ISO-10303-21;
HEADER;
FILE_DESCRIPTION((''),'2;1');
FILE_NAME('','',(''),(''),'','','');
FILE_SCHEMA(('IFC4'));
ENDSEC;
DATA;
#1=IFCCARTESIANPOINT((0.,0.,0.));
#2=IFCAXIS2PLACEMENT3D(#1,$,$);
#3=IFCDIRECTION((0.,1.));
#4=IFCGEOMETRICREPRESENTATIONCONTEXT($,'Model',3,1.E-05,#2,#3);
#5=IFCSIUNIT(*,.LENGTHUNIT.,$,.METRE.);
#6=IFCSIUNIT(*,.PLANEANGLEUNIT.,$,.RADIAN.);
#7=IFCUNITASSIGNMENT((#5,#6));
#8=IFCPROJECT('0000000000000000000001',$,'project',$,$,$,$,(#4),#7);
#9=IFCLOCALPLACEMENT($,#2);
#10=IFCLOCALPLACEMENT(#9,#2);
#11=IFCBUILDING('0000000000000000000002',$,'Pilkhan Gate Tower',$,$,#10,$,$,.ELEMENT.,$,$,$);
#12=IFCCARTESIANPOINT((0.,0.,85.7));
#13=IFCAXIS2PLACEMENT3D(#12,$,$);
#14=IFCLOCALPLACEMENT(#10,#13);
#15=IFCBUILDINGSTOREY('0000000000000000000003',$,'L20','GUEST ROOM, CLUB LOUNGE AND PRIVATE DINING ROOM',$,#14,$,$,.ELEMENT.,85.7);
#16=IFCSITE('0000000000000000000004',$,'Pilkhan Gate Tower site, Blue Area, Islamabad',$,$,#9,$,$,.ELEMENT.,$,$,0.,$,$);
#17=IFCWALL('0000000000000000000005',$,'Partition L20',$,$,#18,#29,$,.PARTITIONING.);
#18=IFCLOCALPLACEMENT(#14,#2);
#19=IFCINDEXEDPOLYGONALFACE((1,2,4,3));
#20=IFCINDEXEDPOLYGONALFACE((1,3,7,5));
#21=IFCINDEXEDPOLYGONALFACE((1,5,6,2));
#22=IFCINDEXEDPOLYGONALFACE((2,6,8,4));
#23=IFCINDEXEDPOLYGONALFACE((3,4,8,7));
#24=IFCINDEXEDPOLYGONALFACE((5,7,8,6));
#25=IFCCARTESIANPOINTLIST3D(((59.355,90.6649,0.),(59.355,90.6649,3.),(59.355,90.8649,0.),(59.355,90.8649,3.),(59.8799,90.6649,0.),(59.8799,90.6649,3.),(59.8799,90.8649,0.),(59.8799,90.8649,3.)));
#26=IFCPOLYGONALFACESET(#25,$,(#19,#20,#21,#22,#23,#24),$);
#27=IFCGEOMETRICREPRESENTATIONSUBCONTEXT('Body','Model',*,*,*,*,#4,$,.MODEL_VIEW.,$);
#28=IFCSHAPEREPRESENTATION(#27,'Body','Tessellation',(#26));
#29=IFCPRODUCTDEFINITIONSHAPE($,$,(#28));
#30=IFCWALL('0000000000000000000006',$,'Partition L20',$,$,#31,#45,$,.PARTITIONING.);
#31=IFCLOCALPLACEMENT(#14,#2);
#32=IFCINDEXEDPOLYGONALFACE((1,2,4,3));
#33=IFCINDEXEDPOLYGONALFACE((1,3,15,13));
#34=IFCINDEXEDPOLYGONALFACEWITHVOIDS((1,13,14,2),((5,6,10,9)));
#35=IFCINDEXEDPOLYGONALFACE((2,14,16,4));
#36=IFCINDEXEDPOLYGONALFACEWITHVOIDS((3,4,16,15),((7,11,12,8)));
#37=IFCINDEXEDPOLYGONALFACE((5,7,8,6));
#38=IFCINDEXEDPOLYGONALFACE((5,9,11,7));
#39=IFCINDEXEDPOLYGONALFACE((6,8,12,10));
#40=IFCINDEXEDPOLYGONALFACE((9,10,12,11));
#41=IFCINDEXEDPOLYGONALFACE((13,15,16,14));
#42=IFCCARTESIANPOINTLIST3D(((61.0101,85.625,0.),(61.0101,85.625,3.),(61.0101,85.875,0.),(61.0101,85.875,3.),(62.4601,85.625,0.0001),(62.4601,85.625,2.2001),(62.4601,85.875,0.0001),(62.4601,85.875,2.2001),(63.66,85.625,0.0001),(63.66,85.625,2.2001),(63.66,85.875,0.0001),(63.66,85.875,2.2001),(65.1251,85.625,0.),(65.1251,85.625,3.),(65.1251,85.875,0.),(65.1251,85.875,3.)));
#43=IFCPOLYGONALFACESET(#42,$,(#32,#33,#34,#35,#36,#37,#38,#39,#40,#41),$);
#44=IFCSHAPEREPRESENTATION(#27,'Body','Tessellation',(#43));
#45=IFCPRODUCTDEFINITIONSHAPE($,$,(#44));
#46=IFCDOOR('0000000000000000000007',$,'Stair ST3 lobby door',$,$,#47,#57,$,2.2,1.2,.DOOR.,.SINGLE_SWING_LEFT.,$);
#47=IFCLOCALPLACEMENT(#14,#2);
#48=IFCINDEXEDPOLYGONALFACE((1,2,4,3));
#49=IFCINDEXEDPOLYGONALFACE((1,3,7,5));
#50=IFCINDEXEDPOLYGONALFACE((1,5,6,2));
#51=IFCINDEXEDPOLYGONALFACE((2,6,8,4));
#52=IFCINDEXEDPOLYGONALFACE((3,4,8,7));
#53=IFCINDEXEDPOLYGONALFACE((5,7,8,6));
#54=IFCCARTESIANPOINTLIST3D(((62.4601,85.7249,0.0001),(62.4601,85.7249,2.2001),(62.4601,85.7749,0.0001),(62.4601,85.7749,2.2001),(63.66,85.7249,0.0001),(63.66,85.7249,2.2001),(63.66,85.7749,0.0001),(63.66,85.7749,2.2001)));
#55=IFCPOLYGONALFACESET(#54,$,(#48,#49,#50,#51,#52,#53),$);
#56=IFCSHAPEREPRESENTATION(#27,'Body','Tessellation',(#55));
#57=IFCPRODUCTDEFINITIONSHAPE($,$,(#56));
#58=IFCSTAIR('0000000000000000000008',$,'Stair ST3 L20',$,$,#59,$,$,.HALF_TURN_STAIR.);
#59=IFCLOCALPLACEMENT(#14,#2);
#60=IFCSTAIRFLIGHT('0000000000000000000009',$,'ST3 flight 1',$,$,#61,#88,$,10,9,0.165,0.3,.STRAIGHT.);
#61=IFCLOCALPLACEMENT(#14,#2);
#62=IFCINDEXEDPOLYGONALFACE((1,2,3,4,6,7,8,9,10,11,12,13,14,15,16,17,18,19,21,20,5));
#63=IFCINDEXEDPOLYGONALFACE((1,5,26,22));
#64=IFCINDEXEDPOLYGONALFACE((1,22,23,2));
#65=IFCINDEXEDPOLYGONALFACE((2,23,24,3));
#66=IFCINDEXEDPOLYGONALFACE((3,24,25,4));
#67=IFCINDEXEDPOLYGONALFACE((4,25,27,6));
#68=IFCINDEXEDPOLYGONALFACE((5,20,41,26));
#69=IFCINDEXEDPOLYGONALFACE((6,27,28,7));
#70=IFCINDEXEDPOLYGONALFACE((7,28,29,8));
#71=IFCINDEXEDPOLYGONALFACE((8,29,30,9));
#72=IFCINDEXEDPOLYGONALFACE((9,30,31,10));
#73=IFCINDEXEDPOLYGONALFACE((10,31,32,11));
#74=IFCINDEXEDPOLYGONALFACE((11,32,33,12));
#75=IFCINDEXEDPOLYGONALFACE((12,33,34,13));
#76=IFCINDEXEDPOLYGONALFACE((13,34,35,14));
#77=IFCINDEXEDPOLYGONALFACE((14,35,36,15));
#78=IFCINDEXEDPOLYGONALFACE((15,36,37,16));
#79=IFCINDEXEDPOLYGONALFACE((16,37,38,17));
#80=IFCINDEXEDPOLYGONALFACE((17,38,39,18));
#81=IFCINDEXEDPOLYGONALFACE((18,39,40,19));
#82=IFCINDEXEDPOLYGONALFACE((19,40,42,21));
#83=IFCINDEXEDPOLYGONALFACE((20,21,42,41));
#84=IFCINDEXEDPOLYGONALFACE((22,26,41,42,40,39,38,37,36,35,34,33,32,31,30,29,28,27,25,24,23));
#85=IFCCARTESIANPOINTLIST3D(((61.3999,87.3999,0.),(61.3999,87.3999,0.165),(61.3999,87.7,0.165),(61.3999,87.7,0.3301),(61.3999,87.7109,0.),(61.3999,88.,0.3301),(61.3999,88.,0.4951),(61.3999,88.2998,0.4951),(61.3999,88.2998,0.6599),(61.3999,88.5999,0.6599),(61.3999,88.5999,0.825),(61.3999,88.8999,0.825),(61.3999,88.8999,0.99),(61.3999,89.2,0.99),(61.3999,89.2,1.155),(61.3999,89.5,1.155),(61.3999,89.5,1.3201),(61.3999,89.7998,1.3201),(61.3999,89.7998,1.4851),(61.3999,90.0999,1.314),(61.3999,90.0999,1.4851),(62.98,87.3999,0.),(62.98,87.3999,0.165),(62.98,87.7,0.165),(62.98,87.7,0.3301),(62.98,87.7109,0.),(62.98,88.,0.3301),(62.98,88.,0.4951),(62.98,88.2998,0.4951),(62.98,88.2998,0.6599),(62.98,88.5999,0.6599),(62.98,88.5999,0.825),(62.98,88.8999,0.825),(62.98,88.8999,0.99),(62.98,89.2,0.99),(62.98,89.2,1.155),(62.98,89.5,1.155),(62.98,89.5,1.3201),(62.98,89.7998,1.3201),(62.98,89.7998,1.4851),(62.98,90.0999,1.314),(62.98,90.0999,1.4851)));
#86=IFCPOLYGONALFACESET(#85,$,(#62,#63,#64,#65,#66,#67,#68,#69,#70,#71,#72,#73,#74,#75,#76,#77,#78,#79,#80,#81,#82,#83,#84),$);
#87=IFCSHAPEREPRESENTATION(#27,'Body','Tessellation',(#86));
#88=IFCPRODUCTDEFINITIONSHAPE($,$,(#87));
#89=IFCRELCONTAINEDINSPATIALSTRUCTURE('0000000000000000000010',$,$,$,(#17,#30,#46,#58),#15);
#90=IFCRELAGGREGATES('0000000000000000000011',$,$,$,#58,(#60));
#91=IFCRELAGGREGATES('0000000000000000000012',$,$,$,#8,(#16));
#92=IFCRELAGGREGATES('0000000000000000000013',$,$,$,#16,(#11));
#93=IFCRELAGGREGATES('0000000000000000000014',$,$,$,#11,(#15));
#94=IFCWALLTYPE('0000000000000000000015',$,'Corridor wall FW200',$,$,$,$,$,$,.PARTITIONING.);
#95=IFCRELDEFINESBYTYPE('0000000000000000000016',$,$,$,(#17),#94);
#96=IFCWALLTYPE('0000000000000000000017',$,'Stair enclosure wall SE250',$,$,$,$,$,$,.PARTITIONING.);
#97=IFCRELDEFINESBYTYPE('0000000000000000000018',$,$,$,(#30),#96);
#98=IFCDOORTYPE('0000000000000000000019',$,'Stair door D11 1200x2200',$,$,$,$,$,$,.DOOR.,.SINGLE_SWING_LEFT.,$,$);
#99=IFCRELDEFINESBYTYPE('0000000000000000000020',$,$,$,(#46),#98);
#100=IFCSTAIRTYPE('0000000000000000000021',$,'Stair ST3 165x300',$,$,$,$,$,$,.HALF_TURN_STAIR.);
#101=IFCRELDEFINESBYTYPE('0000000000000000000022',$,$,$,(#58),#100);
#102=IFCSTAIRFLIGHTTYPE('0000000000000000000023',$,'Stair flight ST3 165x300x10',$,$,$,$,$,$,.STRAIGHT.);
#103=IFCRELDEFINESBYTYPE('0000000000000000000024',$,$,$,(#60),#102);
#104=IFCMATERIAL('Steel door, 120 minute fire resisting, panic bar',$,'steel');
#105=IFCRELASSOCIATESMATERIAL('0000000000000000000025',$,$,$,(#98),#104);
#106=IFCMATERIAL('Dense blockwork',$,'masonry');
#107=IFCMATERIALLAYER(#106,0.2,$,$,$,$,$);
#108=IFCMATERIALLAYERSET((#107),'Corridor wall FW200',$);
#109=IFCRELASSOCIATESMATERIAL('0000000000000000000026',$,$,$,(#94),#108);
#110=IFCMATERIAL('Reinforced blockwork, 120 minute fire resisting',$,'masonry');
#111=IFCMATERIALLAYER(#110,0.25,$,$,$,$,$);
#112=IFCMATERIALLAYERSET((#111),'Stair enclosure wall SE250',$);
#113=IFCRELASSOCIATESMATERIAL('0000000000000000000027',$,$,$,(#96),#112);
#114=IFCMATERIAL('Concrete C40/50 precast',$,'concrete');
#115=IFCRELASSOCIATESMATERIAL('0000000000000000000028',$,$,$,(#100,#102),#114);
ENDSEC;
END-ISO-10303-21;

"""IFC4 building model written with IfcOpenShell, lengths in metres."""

from ifc_helpers import new_model, si_unit, direction, frame, frame_2d, origin, place, context, subcontext, project, spatial, polyline, rectangle, outline, extrude, material, layer, layer_set, type_object, element, fill, aggregate, save


model = new_model("IFC4")

# Units and contexts
model_context = context("Model", 3, precision=1e-05, world=origin(), true_north=direction((0.0, 1.0)))
body_context = subcontext(model_context, "Body", "Model", "MODEL_VIEW")
ifc_project = project(units=[si_unit("LENGTHUNIT", "METRE"), si_unit("PLANEANGLEUNIT", "RADIAN")], contexts=[model_context])

# Site, building, storey
site_placement = place(None, origin())
site = spatial("IfcSite", under=ifc_project, at=site_placement, Name="Pilkhan Gate Tower site, Blue Area, Islamabad", CompositionType="ELEMENT", RefElevation=0.0)
building_placement = place(site_placement, origin())
building = spatial("IfcBuilding", under=site, at=building_placement, Name="Pilkhan Gate Tower", CompositionType="ELEMENT")
storey_placement = place(building_placement, frame((0.0, 0.0, 85.7)))
storey = spatial("IfcBuildingStorey", under=building, at=storey_placement, Name="L20", Description="GUEST ROOM, CLUB LOUNGE AND PRIVATE DINING ROOM", CompositionType="ELEMENT", Elevation=85.7)

# Shared definitions
ifc_material_1 = material(Name="Steel door, 120 minute fire resisting, panic bar", Category="steel")
door_type_1 = type_object("IfcDoorType", Name="Stair door D11 1200x2200", OperationType="SINGLE_SWING_LEFT", PredefinedType="DOOR", material=ifc_material_1)

# Wall
ifc_material_2 = material(Name="Dense blockwork", Category="masonry")
ifc_layer_1 = layer(ifc_material_2, 0.2)
ifc_layer_set_1 = layer_set([ifc_layer_1], Name="Corridor wall FW200")
wall_type_1 = type_object("IfcWallType", Name="Corridor wall FW200", PredefinedType="PARTITIONING", material=ifc_layer_set_1)
wall_1_placement = place(storey_placement, frame((59.355, 90.7649, 0.0), z_axis=(0.0, 0.0, 1.0), x_axis=(1.0, 0.0, 0.0)))
element("IfcWall", 1, at=wall_1_placement, inside=storey, type_object=wall_type_1, Name="Partition L20", PredefinedType="PARTITIONING", context=body_context, shape_type="SweptSolid", body=[
    extrude(rectangle(XDim=0.5249, YDim=0.2, at=frame_2d((0.2625, 0.0))), origin(), (0.0, 0.0, 1.0), 3.0),
])

# Wall, opening, door
ifc_material_3 = material(Name="Reinforced blockwork, 120 minute fire resisting", Category="masonry")
ifc_layer_2 = layer(ifc_material_3, 0.25)
ifc_layer_set_2 = layer_set([ifc_layer_2], Name="Stair enclosure wall SE250")
wall_type_2 = type_object("IfcWallType", Name="Stair enclosure wall SE250", PredefinedType="PARTITIONING", material=ifc_layer_set_2)
wall_2_placement = place(storey_placement, frame((61.01, 85.75, 0.0), z_axis=(0.0, 0.0, 1.0), x_axis=(1.0, 0.0, 0.0)))
wall_2 = element("IfcWall", 2, at=wall_2_placement, inside=storey, type_object=wall_type_2, Name="Partition L20", PredefinedType="PARTITIONING", context=body_context, shape_type="SweptSolid", body=[
    extrude(rectangle(XDim=4.115, YDim=0.25, at=frame_2d((2.0576, 0.0))), origin(), (0.0, 0.0, 1.0), 3.0),
])
opening_1_placement = place(wall_2_placement, frame((1.45, 0.0, 0.0)))
opening_1 = element("IfcOpeningElement", 3, at=opening_1_placement, cuts=wall_2, PredefinedType="OPENING", context=body_context, shape_type="SweptSolid", body=[
    extrude(rectangle(XDim=1.2, YDim=2.2, at=frame_2d((0.6001, 1.1001))), frame((0.0, 0.135, 0.0), z_axis=(0.0, -1.0, 0.0), x_axis=(1.0, 0.0, 0.0)), (0.0, 0.0, 1.0), 0.27),
])
door_1_placement = place(opening_1_placement, origin())
door_1 = element("IfcDoor", 4, at=door_1_placement, inside=storey, type_object=door_type_1, Name="Stair ST3 lobby door", OperationType="SINGLE_SWING_LEFT", OverallHeight=2.2, OverallWidth=1.2, PredefinedType="DOOR", context=body_context, shape_type="SweptSolid", body=[
    extrude(rectangle(XDim=1.2, YDim=2.2, at=frame_2d((0.6001, 1.1001))), frame((0.0, 0.0249, 0.0), z_axis=(0.0, -1.0, 0.0), x_axis=(1.0, 0.0, 0.0)), (0.0, 0.0, 1.0), 0.05),
])
fill(opening_1, door_1)

# Stair, stair flight
ifc_material_4 = material(Name="Concrete C40/50 precast", Category="concrete")
stair_type = type_object("IfcStairType", Name="Stair ST3 165x300", PredefinedType="HALF_TURN_STAIR", material=ifc_material_4)
stair_placement = place(storey_placement, origin())
stair = element("IfcStair", 5, at=stair_placement, inside=storey, type_object=stair_type, Name="Stair ST3 L20", PredefinedType="HALF_TURN_STAIR")
stair_flight_type = type_object("IfcStairFlightType", Name="Stair flight ST3 165x300x10", PredefinedType="STRAIGHT", material=ifc_material_4)
stair_flight_placement = place(storey_placement, frame((62.1899, 87.3999, 0.0), z_axis=(0.0, 0.0, 1.0), x_axis=(0.0, 1.0, 0.0)))
stair_flight = element("IfcStairFlight", 6, at=stair_flight_placement, type_object=stair_flight_type, Name="ST3 flight 1", NumberOfRisers=10, NumberOfTreads=9, PredefinedType="STRAIGHT", RiserHeight=0.165, TreadLength=0.3, context=body_context, shape_type="SweptSolid", body=[
    extrude(outline(polyline([(0.0, 0.0), (0.0, 0.165), (0.3, 0.165), (0.3, 0.3301), (0.6001, 0.3301), (0.6001, 0.4951), (0.8999, 0.4951), (0.8999, 0.6599), (1.2, 0.6599), (1.2, 0.825), (1.5, 0.825), (1.5, 0.99), (1.8, 0.99), (1.8, 1.155), (2.1001, 1.155), (2.1001, 1.3201), (2.3999, 1.3201), (2.3999, 1.4851), (2.7, 1.4851), (2.7, 1.6499), (2.7, 1.314), (0.311, 0.0), (0.0, 0.0)])), frame((0.0, 0.79, 0.0), z_axis=(0.0, -1.0, 0.0), x_axis=(1.0, 0.0, 0.0)), (0.0, 0.0, 1.0), 1.5801),
])
aggregate(stair, [stair_flight])

save(model, "model.ifc")
